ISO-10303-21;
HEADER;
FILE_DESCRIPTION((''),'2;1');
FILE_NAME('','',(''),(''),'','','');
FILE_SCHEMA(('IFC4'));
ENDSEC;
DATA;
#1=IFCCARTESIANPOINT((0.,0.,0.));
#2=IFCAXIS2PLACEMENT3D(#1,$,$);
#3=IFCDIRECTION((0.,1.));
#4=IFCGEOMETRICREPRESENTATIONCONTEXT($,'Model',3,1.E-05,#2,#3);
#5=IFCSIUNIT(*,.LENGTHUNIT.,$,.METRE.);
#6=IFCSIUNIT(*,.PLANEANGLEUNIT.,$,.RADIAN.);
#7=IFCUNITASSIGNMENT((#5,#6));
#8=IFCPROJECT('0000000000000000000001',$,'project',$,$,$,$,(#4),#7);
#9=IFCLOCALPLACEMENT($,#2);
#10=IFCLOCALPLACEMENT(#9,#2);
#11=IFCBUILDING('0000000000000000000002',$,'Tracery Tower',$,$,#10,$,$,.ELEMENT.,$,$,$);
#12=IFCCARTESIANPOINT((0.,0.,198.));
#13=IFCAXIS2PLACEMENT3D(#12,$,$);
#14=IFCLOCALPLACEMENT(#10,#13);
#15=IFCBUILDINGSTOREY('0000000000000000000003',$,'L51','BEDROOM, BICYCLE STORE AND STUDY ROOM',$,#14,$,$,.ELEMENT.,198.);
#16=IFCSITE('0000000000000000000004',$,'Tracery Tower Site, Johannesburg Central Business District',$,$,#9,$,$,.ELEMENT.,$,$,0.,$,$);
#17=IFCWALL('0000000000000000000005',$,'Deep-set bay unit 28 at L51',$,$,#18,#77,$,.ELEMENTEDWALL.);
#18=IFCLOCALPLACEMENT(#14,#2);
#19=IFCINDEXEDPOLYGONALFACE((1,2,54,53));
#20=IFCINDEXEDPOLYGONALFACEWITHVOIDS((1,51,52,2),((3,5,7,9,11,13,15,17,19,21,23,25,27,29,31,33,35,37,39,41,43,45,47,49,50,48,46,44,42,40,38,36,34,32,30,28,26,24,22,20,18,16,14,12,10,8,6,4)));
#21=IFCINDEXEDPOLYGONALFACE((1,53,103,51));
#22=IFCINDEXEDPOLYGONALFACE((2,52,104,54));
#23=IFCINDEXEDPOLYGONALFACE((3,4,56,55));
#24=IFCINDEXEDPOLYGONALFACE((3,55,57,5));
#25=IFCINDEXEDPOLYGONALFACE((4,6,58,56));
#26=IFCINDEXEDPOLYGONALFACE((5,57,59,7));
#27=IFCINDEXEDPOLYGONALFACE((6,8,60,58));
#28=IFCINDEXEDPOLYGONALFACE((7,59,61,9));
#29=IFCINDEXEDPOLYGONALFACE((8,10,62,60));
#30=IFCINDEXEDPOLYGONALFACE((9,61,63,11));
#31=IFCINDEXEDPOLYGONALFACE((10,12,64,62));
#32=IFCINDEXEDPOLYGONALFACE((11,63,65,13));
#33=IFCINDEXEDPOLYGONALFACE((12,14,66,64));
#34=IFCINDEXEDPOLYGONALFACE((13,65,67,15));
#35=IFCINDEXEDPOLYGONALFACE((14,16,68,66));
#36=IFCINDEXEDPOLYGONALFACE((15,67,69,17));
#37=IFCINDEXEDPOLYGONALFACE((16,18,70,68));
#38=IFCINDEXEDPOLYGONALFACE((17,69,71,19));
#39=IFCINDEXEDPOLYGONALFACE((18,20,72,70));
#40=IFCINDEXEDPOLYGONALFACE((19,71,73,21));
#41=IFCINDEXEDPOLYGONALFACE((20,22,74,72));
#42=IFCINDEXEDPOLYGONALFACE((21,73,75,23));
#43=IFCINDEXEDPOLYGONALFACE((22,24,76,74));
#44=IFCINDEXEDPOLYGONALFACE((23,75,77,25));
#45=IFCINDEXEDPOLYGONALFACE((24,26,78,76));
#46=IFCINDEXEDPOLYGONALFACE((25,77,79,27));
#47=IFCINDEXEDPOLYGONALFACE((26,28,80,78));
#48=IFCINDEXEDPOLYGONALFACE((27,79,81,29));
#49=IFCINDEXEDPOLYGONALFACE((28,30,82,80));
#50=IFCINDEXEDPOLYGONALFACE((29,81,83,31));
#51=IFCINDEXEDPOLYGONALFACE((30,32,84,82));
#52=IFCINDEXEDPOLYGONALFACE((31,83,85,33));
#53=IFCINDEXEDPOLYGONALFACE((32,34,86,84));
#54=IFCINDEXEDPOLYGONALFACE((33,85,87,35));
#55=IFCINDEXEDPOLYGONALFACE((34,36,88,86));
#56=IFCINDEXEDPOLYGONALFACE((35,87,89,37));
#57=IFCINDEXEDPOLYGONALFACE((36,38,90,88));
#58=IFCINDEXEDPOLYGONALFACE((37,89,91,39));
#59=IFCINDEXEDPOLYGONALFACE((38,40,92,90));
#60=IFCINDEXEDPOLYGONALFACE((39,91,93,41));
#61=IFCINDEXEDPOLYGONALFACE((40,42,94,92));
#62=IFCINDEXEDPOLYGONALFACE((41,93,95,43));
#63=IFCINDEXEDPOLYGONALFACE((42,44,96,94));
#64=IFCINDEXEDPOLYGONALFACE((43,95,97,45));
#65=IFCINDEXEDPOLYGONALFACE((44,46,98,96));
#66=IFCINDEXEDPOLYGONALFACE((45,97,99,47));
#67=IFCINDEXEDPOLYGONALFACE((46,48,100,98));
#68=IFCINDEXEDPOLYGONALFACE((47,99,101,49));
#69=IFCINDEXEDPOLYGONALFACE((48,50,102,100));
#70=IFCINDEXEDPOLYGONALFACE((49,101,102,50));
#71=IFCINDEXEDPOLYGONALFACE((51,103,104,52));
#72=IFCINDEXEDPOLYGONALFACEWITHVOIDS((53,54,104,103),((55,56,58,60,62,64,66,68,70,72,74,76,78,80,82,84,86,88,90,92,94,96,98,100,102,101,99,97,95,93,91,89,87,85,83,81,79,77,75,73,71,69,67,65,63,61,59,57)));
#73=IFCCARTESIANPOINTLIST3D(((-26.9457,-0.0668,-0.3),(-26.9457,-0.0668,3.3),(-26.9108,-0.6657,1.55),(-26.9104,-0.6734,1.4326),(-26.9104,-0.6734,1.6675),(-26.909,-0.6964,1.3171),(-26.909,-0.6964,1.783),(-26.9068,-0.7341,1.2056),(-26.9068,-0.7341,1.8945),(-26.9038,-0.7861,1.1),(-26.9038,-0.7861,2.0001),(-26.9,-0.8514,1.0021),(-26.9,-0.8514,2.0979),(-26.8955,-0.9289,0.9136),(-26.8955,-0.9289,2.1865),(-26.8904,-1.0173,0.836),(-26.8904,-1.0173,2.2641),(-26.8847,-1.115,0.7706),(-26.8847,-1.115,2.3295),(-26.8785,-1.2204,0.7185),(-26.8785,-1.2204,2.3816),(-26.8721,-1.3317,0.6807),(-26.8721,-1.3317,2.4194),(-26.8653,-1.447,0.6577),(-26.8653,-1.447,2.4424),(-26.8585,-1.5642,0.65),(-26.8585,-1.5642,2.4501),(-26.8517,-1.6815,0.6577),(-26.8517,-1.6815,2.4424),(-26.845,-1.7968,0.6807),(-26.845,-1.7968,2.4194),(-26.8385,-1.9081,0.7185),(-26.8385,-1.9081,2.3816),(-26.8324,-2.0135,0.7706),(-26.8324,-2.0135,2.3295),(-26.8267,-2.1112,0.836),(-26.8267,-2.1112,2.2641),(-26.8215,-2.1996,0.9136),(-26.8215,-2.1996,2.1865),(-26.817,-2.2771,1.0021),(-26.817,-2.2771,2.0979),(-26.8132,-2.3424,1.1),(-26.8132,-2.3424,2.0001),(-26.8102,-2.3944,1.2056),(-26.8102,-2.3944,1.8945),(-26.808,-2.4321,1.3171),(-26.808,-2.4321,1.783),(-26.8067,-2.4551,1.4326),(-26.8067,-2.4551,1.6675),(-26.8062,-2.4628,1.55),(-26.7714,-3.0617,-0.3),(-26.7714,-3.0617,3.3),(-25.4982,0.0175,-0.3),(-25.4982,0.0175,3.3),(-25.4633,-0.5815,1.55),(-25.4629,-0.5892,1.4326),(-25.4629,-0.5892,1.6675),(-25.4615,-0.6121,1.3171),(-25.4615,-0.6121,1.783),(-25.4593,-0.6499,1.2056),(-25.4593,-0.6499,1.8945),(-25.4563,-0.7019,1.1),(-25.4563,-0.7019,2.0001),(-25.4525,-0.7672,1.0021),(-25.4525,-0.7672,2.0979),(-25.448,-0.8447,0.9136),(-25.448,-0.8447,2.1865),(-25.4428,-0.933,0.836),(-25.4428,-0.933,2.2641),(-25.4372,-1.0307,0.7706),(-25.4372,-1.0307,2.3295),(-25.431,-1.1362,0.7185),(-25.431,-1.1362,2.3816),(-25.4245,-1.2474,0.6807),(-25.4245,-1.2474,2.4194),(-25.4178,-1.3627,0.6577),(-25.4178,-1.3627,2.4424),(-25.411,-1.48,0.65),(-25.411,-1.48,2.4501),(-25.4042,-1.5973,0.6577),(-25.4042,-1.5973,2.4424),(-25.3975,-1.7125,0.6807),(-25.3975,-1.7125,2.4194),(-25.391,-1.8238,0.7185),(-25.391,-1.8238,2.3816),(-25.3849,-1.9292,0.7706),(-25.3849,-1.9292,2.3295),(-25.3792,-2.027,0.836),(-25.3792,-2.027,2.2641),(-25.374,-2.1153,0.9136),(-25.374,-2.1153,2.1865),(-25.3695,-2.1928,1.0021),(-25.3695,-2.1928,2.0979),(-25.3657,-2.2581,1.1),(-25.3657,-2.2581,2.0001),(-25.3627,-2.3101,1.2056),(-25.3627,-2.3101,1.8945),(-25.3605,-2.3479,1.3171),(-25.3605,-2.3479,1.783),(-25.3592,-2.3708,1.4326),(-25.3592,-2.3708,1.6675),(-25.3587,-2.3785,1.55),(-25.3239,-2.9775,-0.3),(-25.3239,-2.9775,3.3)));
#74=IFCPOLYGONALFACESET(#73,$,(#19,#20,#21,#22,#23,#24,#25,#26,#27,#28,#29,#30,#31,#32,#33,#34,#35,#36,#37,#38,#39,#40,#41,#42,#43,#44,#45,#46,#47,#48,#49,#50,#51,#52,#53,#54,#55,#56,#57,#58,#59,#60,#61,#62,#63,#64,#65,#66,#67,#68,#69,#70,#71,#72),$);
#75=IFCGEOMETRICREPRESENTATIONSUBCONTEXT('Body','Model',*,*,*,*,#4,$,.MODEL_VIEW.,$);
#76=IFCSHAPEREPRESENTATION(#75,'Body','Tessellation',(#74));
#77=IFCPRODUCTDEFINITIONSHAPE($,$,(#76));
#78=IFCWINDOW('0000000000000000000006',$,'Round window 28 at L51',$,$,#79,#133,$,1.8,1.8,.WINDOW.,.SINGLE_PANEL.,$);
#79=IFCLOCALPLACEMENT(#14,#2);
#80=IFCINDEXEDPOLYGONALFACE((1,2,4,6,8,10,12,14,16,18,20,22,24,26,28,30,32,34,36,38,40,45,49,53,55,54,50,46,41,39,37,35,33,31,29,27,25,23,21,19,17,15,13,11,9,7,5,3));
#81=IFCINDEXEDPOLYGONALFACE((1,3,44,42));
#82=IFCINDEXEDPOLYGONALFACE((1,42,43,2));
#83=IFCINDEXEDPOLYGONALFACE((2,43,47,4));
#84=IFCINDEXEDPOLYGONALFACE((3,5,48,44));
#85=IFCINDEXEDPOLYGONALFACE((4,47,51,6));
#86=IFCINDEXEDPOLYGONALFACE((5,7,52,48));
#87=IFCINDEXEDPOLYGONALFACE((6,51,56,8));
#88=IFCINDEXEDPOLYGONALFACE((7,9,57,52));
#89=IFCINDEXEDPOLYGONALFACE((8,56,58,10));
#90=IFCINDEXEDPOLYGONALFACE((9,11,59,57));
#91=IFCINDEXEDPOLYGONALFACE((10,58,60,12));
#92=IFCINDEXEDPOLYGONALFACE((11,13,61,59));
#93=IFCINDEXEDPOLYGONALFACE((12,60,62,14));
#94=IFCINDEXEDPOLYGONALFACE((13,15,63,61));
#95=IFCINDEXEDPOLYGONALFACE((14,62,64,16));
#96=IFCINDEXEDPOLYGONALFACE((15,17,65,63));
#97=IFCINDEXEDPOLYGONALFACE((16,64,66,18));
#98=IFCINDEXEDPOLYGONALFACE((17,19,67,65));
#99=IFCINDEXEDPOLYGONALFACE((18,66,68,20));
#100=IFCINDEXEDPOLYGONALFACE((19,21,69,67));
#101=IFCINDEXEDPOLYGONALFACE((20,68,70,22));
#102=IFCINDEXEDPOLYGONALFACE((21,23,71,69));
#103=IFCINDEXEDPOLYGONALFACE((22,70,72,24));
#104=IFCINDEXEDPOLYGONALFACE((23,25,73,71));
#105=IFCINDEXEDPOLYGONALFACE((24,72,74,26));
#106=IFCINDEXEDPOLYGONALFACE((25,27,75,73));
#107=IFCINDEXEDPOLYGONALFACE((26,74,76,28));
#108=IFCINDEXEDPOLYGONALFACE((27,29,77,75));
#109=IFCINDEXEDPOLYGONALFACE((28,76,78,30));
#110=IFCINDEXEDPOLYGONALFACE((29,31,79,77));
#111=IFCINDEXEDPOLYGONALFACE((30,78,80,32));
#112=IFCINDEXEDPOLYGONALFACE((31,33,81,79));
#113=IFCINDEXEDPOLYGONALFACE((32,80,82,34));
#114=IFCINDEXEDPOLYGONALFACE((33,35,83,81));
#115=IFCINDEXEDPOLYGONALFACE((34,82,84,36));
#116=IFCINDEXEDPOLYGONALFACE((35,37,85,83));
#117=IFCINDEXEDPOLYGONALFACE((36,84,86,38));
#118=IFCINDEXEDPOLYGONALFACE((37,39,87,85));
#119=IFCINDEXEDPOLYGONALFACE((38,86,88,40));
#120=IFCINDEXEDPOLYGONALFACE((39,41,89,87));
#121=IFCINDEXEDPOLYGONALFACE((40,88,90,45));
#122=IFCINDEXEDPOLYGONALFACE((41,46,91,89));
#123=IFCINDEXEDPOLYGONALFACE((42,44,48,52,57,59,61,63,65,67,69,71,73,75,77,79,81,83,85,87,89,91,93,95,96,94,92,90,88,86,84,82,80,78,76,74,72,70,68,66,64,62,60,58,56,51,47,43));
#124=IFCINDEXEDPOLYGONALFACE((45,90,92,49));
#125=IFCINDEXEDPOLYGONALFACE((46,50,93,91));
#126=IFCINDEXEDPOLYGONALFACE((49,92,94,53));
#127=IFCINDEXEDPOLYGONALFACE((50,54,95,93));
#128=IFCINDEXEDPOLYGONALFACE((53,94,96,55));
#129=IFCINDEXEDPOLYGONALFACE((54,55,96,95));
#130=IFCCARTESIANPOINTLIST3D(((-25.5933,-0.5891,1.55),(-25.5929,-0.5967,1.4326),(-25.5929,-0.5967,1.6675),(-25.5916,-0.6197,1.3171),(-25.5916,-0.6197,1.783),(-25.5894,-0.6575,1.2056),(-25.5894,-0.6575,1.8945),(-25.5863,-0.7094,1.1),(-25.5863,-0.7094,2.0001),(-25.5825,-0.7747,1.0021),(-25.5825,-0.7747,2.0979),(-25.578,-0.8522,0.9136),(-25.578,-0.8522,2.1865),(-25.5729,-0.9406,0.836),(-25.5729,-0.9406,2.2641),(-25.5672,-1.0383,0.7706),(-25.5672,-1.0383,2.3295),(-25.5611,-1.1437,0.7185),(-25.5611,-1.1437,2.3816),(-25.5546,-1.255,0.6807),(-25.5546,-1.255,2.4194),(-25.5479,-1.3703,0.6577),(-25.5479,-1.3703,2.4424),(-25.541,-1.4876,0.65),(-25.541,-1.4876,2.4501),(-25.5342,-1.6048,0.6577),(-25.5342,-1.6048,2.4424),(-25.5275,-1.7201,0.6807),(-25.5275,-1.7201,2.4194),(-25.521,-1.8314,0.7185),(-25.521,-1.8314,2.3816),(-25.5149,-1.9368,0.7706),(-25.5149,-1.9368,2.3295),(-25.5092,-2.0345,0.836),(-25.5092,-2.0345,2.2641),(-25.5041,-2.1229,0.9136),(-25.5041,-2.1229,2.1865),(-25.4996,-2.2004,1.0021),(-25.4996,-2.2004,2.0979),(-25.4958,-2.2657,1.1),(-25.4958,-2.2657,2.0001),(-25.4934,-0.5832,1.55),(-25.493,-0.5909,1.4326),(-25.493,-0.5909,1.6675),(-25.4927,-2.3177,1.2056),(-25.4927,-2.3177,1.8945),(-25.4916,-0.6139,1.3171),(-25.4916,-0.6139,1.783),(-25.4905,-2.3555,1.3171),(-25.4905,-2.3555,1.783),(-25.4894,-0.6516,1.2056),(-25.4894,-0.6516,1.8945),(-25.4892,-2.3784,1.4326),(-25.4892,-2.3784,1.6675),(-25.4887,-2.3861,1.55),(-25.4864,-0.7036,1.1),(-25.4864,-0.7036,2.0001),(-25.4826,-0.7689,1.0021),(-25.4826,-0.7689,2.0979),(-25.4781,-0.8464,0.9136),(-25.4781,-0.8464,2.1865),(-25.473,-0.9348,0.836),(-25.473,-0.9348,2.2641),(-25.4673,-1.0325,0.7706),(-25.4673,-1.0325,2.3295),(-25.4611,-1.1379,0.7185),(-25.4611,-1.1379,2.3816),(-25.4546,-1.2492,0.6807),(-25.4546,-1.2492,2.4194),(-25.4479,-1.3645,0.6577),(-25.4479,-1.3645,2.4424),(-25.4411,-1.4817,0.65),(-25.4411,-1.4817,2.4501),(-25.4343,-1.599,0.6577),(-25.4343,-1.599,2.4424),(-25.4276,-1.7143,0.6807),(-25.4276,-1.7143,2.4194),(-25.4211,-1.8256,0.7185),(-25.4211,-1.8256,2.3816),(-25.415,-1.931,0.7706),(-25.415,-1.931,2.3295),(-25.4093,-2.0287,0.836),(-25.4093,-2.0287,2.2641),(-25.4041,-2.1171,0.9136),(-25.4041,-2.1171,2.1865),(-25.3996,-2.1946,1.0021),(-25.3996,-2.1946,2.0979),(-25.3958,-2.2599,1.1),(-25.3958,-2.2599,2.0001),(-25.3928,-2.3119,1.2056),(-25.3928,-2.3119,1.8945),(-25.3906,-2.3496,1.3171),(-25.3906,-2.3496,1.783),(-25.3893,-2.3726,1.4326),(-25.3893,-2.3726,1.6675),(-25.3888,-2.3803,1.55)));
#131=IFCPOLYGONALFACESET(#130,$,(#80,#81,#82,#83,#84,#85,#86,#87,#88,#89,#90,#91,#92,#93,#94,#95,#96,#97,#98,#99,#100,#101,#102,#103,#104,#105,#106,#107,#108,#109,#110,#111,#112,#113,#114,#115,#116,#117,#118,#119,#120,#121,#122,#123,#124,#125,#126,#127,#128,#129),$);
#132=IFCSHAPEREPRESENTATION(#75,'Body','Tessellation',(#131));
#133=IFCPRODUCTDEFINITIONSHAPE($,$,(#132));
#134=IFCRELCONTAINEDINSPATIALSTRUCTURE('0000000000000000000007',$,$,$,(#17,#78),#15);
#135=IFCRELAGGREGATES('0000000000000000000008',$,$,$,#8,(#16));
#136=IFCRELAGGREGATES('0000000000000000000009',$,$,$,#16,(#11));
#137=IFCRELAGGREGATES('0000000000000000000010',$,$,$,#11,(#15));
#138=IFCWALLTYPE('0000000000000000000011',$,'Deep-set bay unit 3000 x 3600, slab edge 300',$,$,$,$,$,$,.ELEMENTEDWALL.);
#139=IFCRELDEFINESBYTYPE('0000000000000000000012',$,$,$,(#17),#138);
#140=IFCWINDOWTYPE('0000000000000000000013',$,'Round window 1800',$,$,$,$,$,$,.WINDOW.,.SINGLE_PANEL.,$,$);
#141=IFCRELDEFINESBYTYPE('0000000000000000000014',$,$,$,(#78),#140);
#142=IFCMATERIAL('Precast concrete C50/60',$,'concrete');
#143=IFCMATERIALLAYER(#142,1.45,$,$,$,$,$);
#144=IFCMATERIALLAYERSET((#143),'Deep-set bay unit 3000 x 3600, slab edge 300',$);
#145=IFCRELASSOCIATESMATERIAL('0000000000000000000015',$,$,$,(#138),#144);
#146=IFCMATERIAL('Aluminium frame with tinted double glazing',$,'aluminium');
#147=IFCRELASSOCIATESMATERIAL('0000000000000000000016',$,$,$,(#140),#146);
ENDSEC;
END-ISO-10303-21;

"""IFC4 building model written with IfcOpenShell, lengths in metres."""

from ifc_helpers import new_model, si_unit, direction, frame, frame_2d, origin, origin_2d, place, context, subcontext, project, spatial, rectangle, circle, extrude, material, layer, layer_set, type_object, element, fill, save


model = new_model("IFC4")

# Units and contexts
model_context = context("Model", 3, precision=1e-05, world=origin(), true_north=direction((0.0, 1.0)))
body_context = subcontext(model_context, "Body", "Model", "MODEL_VIEW")
ifc_project = project(units=[si_unit("LENGTHUNIT", "METRE"), si_unit("PLANEANGLEUNIT", "RADIAN")], contexts=[model_context])

# Site, building, storey
site_placement = place(None, origin())
site = spatial("IfcSite", under=ifc_project, at=site_placement, Name="Tracery Tower Site, Johannesburg Central Business District", CompositionType="ELEMENT", RefElevation=0.0)
building_placement = place(site_placement, origin())
building = spatial("IfcBuilding", under=site, at=building_placement, Name="Tracery Tower", CompositionType="ELEMENT")
storey_placement = place(building_placement, frame((0.0, 0.0, 198.0)))
storey = spatial("IfcBuildingStorey", under=building, at=storey_placement, Name="L51", Description="BEDROOM, BICYCLE STORE AND STUDY ROOM", CompositionType="ELEMENT", Elevation=198.0)

# Wall, opening, window
ifc_material_1 = material(Name="Precast concrete C50/60", Category="concrete")
ifc_layer_1 = layer(ifc_material_1, 1.45)
ifc_layer_set_1 = layer_set([ifc_layer_1], Name="Deep-set bay unit 3000 x 3600, slab edge 300")
wall_type_1 = type_object("IfcWallType", Name="Deep-set bay unit 3000 x 3600, slab edge 300", PredefinedType="ELEMENTEDWALL", material=ifc_layer_set_1)
ifc_material_2 = material(Name="Aluminium frame with tinted double glazing", Category="aluminium")
window_type = type_object("IfcWindowType", Name="Round window 1800", PartitioningType="SINGLE_PANEL", PredefinedType="WINDOW", material=ifc_material_2)
wall_1_placement = place(storey_placement, frame((-26.2219, -0.0247, -0.3), z_axis=(0.0, 0.0, 1.0), x_axis=(0.058107, -0.99831, 0.0)))
wall_1 = element("IfcWall", 1, at=wall_1_placement, inside=storey, type_object=wall_type_1, Name="Deep-set bay unit 28 at L51", PredefinedType="ELEMENTEDWALL", context=body_context, shape_type="SweptSolid", body=[
    extrude(rectangle(XDim=3.0, YDim=1.45, at=frame_2d((1.5, 0.0))), origin(), (0.0, 0.0, 1.0), 3.6001),
])
opening_1_placement = place(wall_1_placement, frame((1.5, 0.0, 1.8501)))
opening_1 = element("IfcOpeningElement", 2, at=opening_1_placement, cuts=wall_1, PredefinedType="OPENING", context=body_context, shape_type="SweptSolid", body=[
    extrude(circle(Radius=0.9, at=origin_2d()), frame((0.0, 0.7349, 0.0), z_axis=(0.0, -1.0, 0.0), x_axis=(1.0, 0.0, 0.0)), (0.0, 0.0, 1.0), 1.47),
])
window_1_placement = place(opening_1_placement, origin())
window_1 = element("IfcWindow", 3, at=window_1_placement, inside=storey, type_object=window_type, Name="Round window 28 at L51", OverallHeight=1.8, OverallWidth=1.8, PartitioningType="SINGLE_PANEL", PredefinedType="WINDOW", context=body_context, shape_type="SweptSolid", body=[
    extrude(circle(Radius=0.9, at=origin_2d()), frame((0.0, 0.6948, 0.0), z_axis=(0.0, -1.0, 0.0), x_axis=(1.0, 0.0, 0.0)), (0.0, 0.0, 1.0), 0.1001),
])
fill(opening_1, window_1)

save(model, "model.ifc")
